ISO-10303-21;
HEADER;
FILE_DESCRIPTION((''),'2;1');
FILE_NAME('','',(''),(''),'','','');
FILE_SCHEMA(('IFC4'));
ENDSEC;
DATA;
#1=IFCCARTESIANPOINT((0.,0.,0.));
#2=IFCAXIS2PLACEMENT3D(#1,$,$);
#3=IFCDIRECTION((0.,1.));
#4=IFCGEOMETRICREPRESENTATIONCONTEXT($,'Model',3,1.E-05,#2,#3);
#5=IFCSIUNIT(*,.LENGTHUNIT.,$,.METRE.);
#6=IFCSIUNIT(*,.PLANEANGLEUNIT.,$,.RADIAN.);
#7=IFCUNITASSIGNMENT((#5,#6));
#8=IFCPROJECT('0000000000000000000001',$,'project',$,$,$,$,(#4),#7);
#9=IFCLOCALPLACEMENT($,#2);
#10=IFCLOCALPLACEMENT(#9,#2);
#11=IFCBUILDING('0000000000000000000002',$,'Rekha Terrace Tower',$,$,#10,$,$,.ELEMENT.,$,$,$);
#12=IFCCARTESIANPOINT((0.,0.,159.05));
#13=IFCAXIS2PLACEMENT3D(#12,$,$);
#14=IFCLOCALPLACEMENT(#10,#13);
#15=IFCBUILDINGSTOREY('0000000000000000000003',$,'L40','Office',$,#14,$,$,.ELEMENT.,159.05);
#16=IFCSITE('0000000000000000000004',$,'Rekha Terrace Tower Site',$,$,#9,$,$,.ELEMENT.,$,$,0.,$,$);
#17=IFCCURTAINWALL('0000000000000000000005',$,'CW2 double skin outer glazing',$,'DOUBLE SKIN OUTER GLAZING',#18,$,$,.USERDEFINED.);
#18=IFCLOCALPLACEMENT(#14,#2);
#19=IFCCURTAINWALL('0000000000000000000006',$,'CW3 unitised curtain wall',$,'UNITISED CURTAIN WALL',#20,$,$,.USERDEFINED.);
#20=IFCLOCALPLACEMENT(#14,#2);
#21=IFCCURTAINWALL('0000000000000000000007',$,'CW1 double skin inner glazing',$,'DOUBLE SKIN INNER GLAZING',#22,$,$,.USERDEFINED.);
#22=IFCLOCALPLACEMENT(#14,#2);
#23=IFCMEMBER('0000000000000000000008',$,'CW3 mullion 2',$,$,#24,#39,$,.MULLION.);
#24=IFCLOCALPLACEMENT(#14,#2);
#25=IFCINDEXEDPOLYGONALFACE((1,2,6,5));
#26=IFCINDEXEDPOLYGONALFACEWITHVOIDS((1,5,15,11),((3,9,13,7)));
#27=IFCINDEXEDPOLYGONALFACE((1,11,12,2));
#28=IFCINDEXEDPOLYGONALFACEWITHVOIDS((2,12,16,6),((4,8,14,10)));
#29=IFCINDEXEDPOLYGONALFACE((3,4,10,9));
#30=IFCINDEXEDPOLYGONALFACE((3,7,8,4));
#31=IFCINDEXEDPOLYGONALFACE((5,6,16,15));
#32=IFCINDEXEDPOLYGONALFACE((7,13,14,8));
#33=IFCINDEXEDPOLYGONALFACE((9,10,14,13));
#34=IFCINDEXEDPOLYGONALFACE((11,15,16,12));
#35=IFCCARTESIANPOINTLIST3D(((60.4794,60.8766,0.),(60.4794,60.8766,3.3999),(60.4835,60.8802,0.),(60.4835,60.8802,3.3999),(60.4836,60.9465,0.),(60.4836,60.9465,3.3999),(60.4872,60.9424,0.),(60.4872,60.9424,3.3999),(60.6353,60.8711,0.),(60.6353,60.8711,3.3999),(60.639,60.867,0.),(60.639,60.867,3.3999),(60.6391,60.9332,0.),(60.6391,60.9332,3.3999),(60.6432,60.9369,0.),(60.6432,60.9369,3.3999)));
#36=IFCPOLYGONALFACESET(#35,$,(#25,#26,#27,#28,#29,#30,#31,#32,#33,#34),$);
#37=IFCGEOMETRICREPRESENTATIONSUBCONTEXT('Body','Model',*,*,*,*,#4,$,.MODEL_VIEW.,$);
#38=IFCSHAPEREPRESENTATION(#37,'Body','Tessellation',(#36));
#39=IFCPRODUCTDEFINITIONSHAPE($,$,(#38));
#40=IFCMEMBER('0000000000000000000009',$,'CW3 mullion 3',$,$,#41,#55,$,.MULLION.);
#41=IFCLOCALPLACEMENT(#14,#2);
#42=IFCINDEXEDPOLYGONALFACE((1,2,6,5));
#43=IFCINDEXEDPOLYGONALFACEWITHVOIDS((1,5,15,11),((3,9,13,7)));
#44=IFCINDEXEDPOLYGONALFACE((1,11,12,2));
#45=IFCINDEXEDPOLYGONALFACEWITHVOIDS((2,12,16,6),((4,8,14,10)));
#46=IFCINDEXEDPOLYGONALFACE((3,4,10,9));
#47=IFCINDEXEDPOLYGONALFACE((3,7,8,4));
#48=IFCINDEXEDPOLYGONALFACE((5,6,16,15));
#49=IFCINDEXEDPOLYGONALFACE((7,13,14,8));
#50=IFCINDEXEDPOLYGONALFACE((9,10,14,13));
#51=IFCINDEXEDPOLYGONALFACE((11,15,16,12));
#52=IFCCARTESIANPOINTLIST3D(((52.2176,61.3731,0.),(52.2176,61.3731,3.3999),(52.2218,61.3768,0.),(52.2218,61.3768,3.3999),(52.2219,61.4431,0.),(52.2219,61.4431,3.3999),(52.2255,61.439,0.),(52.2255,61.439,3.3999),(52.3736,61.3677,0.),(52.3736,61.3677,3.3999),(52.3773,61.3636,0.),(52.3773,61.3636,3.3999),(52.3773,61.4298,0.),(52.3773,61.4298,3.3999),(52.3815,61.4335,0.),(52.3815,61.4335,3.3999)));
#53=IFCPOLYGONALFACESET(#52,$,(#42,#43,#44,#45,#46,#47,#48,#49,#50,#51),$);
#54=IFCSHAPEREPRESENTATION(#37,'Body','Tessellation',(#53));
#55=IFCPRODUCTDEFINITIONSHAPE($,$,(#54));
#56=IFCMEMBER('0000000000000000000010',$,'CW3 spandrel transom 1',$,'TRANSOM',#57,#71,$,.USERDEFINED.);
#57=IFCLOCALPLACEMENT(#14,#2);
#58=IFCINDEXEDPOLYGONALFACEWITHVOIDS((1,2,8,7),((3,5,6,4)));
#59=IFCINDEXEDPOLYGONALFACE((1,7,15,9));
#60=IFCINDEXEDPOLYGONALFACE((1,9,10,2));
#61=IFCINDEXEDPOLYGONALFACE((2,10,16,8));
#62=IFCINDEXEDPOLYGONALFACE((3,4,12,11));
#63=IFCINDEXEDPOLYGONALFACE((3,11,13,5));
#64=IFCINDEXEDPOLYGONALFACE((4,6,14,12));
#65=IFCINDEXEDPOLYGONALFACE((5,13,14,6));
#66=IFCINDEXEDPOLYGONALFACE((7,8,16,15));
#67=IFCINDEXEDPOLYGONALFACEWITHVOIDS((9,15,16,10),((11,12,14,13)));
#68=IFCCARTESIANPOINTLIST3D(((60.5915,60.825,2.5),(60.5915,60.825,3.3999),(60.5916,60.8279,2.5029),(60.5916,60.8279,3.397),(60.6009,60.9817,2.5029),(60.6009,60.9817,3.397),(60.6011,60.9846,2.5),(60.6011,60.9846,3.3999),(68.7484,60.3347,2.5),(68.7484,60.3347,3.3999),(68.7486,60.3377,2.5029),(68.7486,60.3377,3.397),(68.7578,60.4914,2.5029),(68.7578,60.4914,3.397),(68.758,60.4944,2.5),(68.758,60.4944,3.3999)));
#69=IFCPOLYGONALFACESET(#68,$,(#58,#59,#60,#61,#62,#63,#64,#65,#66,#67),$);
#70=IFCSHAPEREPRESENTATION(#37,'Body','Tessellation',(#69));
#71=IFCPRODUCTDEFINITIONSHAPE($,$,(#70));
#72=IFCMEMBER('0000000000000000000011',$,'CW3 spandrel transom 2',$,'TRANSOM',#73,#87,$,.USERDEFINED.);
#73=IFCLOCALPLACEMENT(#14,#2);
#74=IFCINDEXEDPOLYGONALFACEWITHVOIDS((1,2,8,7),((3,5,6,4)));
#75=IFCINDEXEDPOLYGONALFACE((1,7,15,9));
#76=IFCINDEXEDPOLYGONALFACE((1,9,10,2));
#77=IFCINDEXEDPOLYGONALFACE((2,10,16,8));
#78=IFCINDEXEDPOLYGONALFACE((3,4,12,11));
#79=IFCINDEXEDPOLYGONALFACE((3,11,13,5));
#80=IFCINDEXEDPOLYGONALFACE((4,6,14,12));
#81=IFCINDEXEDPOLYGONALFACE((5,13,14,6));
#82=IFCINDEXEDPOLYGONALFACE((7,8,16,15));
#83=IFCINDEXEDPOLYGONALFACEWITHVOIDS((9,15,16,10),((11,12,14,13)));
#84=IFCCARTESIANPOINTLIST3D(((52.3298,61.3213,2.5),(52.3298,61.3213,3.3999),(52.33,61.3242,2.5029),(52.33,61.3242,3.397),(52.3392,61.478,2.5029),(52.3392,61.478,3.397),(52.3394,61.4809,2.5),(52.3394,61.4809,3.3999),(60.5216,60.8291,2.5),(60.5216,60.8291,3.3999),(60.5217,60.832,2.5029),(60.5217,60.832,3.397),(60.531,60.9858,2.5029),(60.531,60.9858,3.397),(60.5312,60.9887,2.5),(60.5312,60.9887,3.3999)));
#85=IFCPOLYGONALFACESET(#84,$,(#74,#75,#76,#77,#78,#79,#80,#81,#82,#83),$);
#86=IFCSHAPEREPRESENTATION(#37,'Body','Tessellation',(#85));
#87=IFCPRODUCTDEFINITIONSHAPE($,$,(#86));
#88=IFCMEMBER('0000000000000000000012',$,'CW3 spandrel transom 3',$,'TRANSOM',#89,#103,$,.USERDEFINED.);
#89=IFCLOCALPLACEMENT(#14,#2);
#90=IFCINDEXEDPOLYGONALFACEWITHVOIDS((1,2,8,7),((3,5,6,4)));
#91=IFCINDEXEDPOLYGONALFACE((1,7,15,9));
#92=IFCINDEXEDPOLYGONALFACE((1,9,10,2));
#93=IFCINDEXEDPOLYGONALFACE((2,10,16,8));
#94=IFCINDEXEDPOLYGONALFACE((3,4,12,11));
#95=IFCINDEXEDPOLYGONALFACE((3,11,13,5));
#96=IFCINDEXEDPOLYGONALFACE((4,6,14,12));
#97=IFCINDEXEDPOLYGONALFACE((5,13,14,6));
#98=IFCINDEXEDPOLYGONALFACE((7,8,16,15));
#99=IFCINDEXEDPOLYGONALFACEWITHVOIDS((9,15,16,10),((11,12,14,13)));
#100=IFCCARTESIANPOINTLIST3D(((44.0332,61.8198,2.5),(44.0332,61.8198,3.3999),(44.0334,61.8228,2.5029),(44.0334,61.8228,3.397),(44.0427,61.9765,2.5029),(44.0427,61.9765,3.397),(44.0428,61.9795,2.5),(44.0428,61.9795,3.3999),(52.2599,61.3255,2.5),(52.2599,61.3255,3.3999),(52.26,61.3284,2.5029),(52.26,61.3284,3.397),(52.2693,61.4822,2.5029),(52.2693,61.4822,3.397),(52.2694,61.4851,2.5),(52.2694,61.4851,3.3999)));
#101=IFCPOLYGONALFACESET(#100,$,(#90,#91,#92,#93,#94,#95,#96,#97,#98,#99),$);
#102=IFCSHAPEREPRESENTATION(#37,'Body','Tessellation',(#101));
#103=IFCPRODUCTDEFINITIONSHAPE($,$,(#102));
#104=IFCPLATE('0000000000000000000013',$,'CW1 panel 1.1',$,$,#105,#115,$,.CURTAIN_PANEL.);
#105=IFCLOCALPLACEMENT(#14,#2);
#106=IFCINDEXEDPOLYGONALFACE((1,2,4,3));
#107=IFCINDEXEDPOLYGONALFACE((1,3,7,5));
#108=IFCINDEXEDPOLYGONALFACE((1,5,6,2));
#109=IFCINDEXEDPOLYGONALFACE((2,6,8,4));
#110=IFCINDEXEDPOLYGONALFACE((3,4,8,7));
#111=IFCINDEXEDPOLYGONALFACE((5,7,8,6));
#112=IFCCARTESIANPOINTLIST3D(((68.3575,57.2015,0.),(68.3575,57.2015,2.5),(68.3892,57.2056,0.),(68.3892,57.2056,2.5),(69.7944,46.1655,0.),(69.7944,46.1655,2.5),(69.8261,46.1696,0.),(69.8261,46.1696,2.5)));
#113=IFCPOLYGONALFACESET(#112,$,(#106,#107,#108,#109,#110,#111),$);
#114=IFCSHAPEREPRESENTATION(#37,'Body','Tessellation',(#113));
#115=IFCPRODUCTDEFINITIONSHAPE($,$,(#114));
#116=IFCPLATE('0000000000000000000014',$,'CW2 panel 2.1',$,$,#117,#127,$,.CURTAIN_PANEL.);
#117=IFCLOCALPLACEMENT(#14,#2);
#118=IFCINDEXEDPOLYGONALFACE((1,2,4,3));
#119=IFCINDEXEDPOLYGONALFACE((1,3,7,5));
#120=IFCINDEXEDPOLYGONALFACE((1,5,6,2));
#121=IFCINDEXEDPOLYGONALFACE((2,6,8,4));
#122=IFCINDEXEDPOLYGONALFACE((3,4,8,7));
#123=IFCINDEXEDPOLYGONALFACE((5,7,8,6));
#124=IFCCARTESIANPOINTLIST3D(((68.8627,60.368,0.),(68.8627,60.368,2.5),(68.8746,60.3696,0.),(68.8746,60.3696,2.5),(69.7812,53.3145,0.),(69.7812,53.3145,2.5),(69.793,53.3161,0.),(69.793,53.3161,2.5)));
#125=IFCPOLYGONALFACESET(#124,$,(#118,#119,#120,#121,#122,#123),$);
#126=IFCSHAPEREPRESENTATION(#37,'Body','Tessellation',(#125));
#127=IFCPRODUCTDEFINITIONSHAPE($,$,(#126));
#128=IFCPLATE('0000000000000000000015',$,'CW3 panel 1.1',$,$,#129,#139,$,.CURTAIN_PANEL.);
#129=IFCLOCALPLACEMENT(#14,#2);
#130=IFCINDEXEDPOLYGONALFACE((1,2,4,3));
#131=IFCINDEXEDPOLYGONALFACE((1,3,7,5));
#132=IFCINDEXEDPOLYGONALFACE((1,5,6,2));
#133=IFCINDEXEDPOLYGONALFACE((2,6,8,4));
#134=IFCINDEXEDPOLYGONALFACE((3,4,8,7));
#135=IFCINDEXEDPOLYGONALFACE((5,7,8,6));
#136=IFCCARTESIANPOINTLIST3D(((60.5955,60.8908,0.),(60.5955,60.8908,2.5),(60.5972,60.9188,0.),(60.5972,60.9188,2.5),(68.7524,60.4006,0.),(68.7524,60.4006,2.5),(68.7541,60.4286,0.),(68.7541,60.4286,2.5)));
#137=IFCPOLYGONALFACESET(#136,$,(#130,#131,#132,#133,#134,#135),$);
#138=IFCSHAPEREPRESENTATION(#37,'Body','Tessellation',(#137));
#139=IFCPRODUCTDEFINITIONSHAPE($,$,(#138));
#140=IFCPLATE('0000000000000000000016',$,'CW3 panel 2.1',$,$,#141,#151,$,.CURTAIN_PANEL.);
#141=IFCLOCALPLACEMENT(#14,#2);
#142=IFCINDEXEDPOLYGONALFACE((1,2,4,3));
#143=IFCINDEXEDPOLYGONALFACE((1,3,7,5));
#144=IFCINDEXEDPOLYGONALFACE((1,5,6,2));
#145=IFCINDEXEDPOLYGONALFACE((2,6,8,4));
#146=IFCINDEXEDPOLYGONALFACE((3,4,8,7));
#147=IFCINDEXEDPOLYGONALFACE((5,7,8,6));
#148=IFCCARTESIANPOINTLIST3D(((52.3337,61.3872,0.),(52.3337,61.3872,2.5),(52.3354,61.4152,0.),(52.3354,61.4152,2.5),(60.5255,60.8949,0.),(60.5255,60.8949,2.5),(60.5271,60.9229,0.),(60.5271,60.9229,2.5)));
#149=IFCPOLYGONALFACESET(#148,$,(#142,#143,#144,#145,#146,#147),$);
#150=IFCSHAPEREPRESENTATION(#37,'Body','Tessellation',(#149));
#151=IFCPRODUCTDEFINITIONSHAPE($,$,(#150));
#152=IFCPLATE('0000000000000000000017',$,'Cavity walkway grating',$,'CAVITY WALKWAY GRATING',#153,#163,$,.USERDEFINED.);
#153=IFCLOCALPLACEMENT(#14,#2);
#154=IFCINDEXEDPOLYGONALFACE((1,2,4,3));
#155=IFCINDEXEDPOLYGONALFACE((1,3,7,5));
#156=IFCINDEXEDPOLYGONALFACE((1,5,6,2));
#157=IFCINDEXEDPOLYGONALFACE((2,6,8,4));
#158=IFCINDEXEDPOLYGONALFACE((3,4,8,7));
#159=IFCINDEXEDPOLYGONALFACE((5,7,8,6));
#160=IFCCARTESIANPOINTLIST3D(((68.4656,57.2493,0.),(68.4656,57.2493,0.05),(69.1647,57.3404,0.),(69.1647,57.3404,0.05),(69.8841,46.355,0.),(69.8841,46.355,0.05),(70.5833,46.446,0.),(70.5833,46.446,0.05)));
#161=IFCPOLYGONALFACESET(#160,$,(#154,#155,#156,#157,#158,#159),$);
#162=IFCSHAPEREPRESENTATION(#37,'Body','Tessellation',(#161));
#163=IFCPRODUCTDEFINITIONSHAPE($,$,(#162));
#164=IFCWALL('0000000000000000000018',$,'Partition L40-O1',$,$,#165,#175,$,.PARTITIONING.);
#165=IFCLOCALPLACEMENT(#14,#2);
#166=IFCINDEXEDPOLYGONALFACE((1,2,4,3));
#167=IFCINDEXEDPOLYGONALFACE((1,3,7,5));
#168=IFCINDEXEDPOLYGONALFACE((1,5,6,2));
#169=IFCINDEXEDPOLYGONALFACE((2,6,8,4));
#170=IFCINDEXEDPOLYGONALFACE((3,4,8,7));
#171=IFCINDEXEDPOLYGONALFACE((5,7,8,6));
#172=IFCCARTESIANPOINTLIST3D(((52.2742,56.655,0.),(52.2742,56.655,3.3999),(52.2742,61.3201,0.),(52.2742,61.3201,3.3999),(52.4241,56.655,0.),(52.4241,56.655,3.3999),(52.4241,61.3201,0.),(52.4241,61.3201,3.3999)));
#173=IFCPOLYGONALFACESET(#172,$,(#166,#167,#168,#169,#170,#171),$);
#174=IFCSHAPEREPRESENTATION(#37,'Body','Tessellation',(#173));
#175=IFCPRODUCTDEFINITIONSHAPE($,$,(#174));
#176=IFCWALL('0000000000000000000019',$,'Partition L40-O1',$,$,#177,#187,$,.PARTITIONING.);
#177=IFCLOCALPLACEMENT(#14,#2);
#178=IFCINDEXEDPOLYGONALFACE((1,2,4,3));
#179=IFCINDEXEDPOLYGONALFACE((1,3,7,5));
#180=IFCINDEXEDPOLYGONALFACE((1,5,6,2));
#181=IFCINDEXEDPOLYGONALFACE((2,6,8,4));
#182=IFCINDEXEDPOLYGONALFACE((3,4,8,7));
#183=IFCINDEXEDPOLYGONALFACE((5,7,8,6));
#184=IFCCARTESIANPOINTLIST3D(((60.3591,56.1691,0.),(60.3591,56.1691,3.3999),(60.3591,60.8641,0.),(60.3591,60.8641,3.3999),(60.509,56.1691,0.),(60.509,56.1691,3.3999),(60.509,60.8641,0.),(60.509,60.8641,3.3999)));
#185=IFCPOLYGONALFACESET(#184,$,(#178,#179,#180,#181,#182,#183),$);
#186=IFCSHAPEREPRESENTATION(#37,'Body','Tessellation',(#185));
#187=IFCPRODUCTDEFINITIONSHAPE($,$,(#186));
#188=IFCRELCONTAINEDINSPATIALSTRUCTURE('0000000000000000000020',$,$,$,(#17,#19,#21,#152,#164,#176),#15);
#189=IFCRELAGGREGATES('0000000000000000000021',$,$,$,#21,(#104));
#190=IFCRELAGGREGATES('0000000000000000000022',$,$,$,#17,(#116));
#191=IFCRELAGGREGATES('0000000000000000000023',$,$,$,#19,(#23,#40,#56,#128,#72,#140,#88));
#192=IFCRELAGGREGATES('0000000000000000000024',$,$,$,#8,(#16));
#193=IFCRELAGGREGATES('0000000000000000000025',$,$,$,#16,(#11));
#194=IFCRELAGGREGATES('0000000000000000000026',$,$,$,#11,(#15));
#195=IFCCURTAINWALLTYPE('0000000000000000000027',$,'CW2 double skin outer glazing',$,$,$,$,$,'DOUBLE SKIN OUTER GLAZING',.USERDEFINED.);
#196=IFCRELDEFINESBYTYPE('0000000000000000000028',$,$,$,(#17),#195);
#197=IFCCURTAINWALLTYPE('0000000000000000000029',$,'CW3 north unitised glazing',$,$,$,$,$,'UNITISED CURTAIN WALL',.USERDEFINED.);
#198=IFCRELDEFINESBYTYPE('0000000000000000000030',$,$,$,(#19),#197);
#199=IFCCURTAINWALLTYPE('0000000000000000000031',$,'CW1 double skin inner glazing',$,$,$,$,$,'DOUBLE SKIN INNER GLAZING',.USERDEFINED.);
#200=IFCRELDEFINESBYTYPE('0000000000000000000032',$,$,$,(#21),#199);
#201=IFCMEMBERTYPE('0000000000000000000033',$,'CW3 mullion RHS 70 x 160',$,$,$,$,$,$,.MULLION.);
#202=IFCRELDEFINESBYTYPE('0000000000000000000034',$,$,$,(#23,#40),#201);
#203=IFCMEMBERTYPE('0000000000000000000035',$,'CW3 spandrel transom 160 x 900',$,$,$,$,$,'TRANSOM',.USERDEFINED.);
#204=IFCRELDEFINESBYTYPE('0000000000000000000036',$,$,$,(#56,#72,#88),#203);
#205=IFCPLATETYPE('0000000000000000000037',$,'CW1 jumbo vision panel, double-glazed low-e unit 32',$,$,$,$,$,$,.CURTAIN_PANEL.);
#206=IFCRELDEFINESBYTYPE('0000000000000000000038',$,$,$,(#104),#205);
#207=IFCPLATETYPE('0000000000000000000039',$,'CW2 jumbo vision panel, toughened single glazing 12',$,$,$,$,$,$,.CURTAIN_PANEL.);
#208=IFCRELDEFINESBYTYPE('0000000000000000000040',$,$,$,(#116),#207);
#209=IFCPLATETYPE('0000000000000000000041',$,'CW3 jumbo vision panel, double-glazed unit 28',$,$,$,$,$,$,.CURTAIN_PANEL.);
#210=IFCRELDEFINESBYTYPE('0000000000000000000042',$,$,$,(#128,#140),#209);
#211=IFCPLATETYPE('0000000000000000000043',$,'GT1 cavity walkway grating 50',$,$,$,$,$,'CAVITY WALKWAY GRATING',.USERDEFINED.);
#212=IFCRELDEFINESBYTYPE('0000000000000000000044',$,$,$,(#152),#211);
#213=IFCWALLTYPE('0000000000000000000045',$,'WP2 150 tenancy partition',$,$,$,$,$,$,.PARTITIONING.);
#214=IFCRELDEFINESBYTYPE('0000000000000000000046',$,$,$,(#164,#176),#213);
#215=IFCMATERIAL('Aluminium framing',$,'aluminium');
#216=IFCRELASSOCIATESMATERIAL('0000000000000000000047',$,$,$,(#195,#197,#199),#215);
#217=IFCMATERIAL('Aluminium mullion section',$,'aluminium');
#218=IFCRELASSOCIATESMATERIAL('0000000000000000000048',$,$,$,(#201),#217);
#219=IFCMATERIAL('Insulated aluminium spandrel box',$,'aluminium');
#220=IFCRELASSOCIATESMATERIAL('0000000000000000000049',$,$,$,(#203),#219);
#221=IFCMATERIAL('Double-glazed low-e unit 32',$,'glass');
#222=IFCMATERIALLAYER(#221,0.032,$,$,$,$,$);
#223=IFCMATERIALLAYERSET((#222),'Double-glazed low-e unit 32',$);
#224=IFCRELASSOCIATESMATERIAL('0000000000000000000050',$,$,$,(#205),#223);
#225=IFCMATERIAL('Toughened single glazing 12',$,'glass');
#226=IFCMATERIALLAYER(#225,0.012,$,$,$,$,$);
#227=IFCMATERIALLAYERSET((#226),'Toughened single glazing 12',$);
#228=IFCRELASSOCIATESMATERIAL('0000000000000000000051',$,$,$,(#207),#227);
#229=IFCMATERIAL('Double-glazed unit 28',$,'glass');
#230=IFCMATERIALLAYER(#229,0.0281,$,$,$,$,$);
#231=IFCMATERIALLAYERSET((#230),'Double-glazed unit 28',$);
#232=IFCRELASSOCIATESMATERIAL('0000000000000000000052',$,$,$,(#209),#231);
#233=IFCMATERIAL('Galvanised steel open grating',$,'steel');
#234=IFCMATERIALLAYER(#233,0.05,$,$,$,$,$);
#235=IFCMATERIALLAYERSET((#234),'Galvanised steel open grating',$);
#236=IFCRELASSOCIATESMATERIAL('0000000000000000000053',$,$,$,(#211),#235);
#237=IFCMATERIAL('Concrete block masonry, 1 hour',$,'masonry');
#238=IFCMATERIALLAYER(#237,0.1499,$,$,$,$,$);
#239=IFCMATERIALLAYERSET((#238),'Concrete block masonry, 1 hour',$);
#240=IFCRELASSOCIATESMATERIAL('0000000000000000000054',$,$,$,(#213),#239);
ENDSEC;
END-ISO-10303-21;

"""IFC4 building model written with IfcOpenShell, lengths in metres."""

from ifc_helpers import new_model, si_unit, direction, frame, frame_2d, origin, origin_2d, place, context, subcontext, project, spatial, rectangle, hollow_rectangle, extrude, material, layer, layer_set, material_profile, profile_set, type_object, element, aggregate, save


model = new_model("IFC4")

# Units and contexts
model_context = context("Model", 3, precision=1e-05, world=origin(), true_north=direction((0.0, 1.0)))
body_context = subcontext(model_context, "Body", "Model", "MODEL_VIEW")
ifc_project = project(units=[si_unit("LENGTHUNIT", "METRE"), si_unit("PLANEANGLEUNIT", "RADIAN")], contexts=[model_context])

# Site, building, storey
site_placement = place(None, origin())
site = spatial("IfcSite", under=ifc_project, at=site_placement, Name="Rekha Terrace Tower Site", CompositionType="ELEMENT", RefElevation=0.0)
building_placement = place(site_placement, origin())
building = spatial("IfcBuilding", under=site, at=building_placement, Name="Rekha Terrace Tower", CompositionType="ELEMENT")
storey_placement = place(building_placement, frame((0.0, 0.0, 159.05)))
storey = spatial("IfcBuildingStorey", under=building, at=storey_placement, Name="L40", Description="Office", CompositionType="ELEMENT", Elevation=159.05)

# Curtain wall
ifc_material_1 = material(Name="Aluminium framing", Category="aluminium")
curtain_wall_type_1 = type_object("IfcCurtainWallType", Name="CW2 double skin outer glazing", ElementType="DOUBLE SKIN OUTER GLAZING", PredefinedType="USERDEFINED", material=ifc_material_1)
curtain_wall_1_placement = place(storey_placement, origin())
curtain_wall_1 = element("IfcCurtainWall", 1, at=curtain_wall_1_placement, inside=storey, type_object=curtain_wall_type_1, Name="CW2 double skin outer glazing", ObjectType="DOUBLE SKIN OUTER GLAZING", PredefinedType="USERDEFINED")

# Curtain wall
curtain_wall_type_2 = type_object("IfcCurtainWallType", Name="CW3 north unitised glazing", ElementType="UNITISED CURTAIN WALL", PredefinedType="USERDEFINED", material=ifc_material_1)
curtain_wall_2_placement = place(storey_placement, origin())
curtain_wall_2 = element("IfcCurtainWall", 2, at=curtain_wall_2_placement, inside=storey, type_object=curtain_wall_type_2, Name="CW3 unitised curtain wall", ObjectType="UNITISED CURTAIN WALL", PredefinedType="USERDEFINED")

# Curtain wall
curtain_wall_type_3 = type_object("IfcCurtainWallType", Name="CW1 double skin inner glazing", ElementType="DOUBLE SKIN INNER GLAZING", PredefinedType="USERDEFINED", material=ifc_material_1)
curtain_wall_3_placement = place(storey_placement, origin())
curtain_wall_3 = element("IfcCurtainWall", 3, at=curtain_wall_3_placement, inside=storey, type_object=curtain_wall_type_3, Name="CW1 double skin inner glazing", ObjectType="DOUBLE SKIN INNER GLAZING", PredefinedType="USERDEFINED")
ifc_material_2 = material(Name="Aluminium mullion section", Category="aluminium")

# Members
ifc_material_3 = material(Name="Insulated aluminium spandrel box", Category="aluminium")
ifc_material_profile_1 = material_profile(ifc_material_2, hollow_rectangle(XDim=0.0701, YDim=0.1599, WallThickness=0.0039, at=origin_2d()), Name="AL RHS 70x160")
ifc_profile_set_1 = profile_set([ifc_material_profile_1], Name="Aluminium mullion section")
member_type_1 = type_object("IfcMemberType", Name="CW3 mullion RHS 70 x 160", PredefinedType="MULLION", material=ifc_profile_set_1)
member_1_placement = place(storey_placement, frame((60.5613, 60.9067, 0.0), z_axis=(0.0, 0.0, 1.0), x_axis=(-0.059988, -0.998199, 0.0)))
member_1 = element("IfcMember", 4, at=member_1_placement, type_object=member_type_1, Name="CW3 mullion 2", PredefinedType="MULLION", context=body_context, shape_type="SweptSolid", body=[
    extrude(hollow_rectangle(XDim=0.0701, YDim=0.1599, WallThickness=0.0039, at=origin_2d()), origin(), (0.0, 0.0, 1.0), 3.3999),
])
member_2_placement = place(storey_placement, frame((52.2996, 61.4033, 0.0), z_axis=(0.0, 0.0, 1.0), x_axis=(-0.059988, -0.998199, 0.0)))
member_2 = element("IfcMember", 5, at=member_2_placement, type_object=member_type_1, Name="CW3 mullion 3", PredefinedType="MULLION", context=body_context, shape_type="SweptSolid", body=[
    extrude(hollow_rectangle(XDim=0.0701, YDim=0.1599, WallThickness=0.0039, at=origin_2d()), origin(), (0.0, 0.0, 1.0), 3.3999),
])
ifc_material_profile_2 = material_profile(ifc_material_3, hollow_rectangle(XDim=0.1599, YDim=0.8999, WallThickness=0.0029, at=origin_2d()), Name="AL SPANDREL BOX 160x900")
ifc_profile_set_2 = profile_set([ifc_material_profile_2], Name="Insulated aluminium spandrel box")
member_type_2 = type_object("IfcMemberType", Name="CW3 spandrel transom 160 x 900", ElementType="TRANSOM", PredefinedType="USERDEFINED", material=ifc_profile_set_2)
member_3_placement = place(storey_placement, frame((68.7532, 60.4146, 2.95), z_axis=(-0.998199, 0.059992, 0.0), x_axis=(-0.059992, -0.998199, 0.0)))
member_3 = element("IfcMember", 6, at=member_3_placement, type_object=member_type_2, Name="CW3 spandrel transom 1", ObjectType="TRANSOM", PredefinedType="USERDEFINED", context=body_context, shape_type="SweptSolid", body=[
    extrude(hollow_rectangle(XDim=0.1599, YDim=0.8999, WallThickness=0.0029, at=origin_2d()), origin(), (0.0, 0.0, 1.0), 8.1716),
])
member_4_placement = place(storey_placement, frame((60.5264, 60.9089, 2.95), z_axis=(-0.9982, 0.059976, 0.0), x_axis=(-0.059976, -0.9982, 0.0)))
member_4 = element("IfcMember", 7, at=member_4_placement, type_object=member_type_2, Name="CW3 spandrel transom 2", ObjectType="TRANSOM", PredefinedType="USERDEFINED", context=body_context, shape_type="SweptSolid", body=[
    extrude(hollow_rectangle(XDim=0.1599, YDim=0.8999, WallThickness=0.0029, at=origin_2d()), origin(), (0.0, 0.0, 1.0), 8.2065),
])
member_5_placement = place(storey_placement, frame((52.2646, 61.4053, 2.95), z_axis=(-0.998199, 0.059988, 0.0), x_axis=(-0.059988, -0.998199, 0.0)))
member_5 = element("IfcMember", 8, at=member_5_placement, type_object=member_type_2, Name="CW3 spandrel transom 3", ObjectType="TRANSOM", PredefinedType="USERDEFINED", context=body_context, shape_type="SweptSolid", body=[
    extrude(hollow_rectangle(XDim=0.1599, YDim=0.8999, WallThickness=0.0029, at=origin_2d()), origin(), (0.0, 0.0, 1.0), 8.2415),
])

# Plates
ifc_material_4 = material(Name="Double-glazed low-e unit 32", Category="glass")
ifc_layer_1 = layer(ifc_material_4, 0.032)
ifc_layer_set_1 = layer_set([ifc_layer_1], Name="Double-glazed low-e unit 32")
plate_type_1 = type_object("IfcPlateType", Name="CW1 jumbo vision panel, double-glazed low-e unit 32", PredefinedType="CURTAIN_PANEL", material=ifc_layer_set_1)
plate_1_placement = place(storey_placement, frame((69.0918, 51.6855, 0.0), z_axis=(0.0, 0.0, 1.0), x_axis=(-0.129118, 0.991629, 0.0)))
plate_1 = element("IfcPlate", 9, at=plate_1_placement, type_object=plate_type_1, Name="CW1 panel 1.1", PredefinedType="CURTAIN_PANEL", context=body_context, shape_type="SweptSolid", body=[
    extrude(rectangle(XDim=11.1292, YDim=0.032, at=origin_2d()), origin(), (0.0, 0.0, 1.0), 2.5),
])
aggregate(curtain_wall_3, [plate_1])
ifc_material_5 = material(Name="Toughened single glazing 12", Category="glass")
ifc_layer_2 = layer(ifc_material_5, 0.012)
ifc_layer_set_2 = layer_set([ifc_layer_2], Name="Toughened single glazing 12")
plate_type_2 = type_object("IfcPlateType", Name="CW2 jumbo vision panel, toughened single glazing 12", PredefinedType="CURTAIN_PANEL", material=ifc_layer_set_2)
plate_2_placement = place(storey_placement, frame((69.3279, 56.842, 0.0), z_axis=(0.0, 0.0, 1.0), x_axis=(-0.129118, 0.991629, 0.0)))
plate_2 = element("IfcPlate", 10, at=plate_2_placement, type_object=plate_type_2, Name="CW2 panel 2.1", PredefinedType="CURTAIN_PANEL", context=body_context, shape_type="SweptSolid", body=[
    extrude(rectangle(XDim=7.113, YDim=0.012, at=origin_2d()), origin(), (0.0, 0.0, 1.0), 2.5),
])
aggregate(curtain_wall_1, [plate_2])
ifc_material_6 = material(Name="Double-glazed unit 28", Category="glass")
ifc_layer_3 = layer(ifc_material_6, 0.0281)
ifc_layer_set_3 = layer_set([ifc_layer_3], Name="Double-glazed unit 28")
plate_type_3 = type_object("IfcPlateType", Name="CW3 jumbo vision panel, double-glazed unit 28", PredefinedType="CURTAIN_PANEL", material=ifc_layer_set_3)
plate_3_placement = place(storey_placement, frame((64.6748, 60.6597, 0.0), z_axis=(0.0, 0.0, 1.0), x_axis=(-0.998199, 0.059988, 0.0)))
plate_3 = element("IfcPlate", 11, at=plate_3_placement, type_object=plate_type_3, Name="CW3 panel 1.1", PredefinedType="CURTAIN_PANEL", context=body_context, shape_type="SweptSolid", body=[
    extrude(rectangle(XDim=8.1716, YDim=0.0281, at=origin_2d()), origin(), (0.0, 0.0, 1.0), 2.5),
])
plate_4_placement = place(storey_placement, frame((56.4304, 61.155, 0.0), z_axis=(0.0, 0.0, 1.0), x_axis=(-0.998199, 0.059988, 0.0)))
plate_4 = element("IfcPlate", 12, at=plate_4_placement, type_object=plate_type_3, Name="CW3 panel 2.1", PredefinedType="CURTAIN_PANEL", context=body_context, shape_type="SweptSolid", body=[
    extrude(rectangle(XDim=8.2065, YDim=0.0281, at=origin_2d()), origin(), (0.0, 0.0, 1.0), 2.5),
])
aggregate(curtain_wall_2, [member_1, member_2, member_3, plate_3, member_4, plate_4, member_5])
ifc_material_7 = material(Name="Galvanised steel open grating", Category="steel")
ifc_layer_4 = layer(ifc_material_7, 0.05)
ifc_layer_set_4 = layer_set([ifc_layer_4], Name="Galvanised steel open grating")
plate_type_4 = type_object("IfcPlateType", Name="GT1 cavity walkway grating 50", ElementType="CAVITY WALKWAY GRATING", PredefinedType="USERDEFINED", material=ifc_layer_set_4)
plate_5_placement = place(storey_placement, frame((69.5244, 51.8477, 0.0), z_axis=(0.0, 0.0, 1.0), x_axis=(-0.129118, 0.991629, 0.0)))
element("IfcPlate", 13, at=plate_5_placement, inside=storey, type_object=plate_type_4, Name="Cavity walkway grating", ObjectType="CAVITY WALKWAY GRATING", PredefinedType="USERDEFINED", context=body_context, shape_type="SweptSolid", body=[
    extrude(rectangle(XDim=10.9863, YDim=0.7051, at=origin_2d()), origin(), (0.0, 0.0, 1.0), 0.05),
])

# Walls
ifc_material_8 = material(Name="Concrete block masonry, 1 hour", Category="masonry")
ifc_layer_5 = layer(ifc_material_8, 0.1499)
ifc_layer_set_5 = layer_set([ifc_layer_5], Name="Concrete block masonry, 1 hour")
wall_type_1 = type_object("IfcWallType", Name="WP2 150 tenancy partition", PredefinedType="PARTITIONING", material=ifc_layer_set_5)
wall_1_placement = place(storey_placement, frame((52.3491, 56.655, 0.0), z_axis=(0.0, 0.0, 1.0), x_axis=(0.0, 1.0, 0.0)))
element("IfcWall", 14, at=wall_1_placement, inside=storey, type_object=wall_type_1, Name="Partition L40-O1", PredefinedType="PARTITIONING", context=body_context, shape_type="SweptSolid", body=[
    extrude(rectangle(XDim=4.665, YDim=0.1499, at=frame_2d((2.3325, 0.0))), origin(), (0.0, 0.0, 1.0), 3.3999),
])
wall_2_placement = place(storey_placement, frame((60.4341, 56.1689, 0.0), z_axis=(0.0, 0.0, 1.0), x_axis=(0.0, 1.0, 0.0)))
element("IfcWall", 15, at=wall_2_placement, inside=storey, type_object=wall_type_1, Name="Partition L40-O1", PredefinedType="PARTITIONING", context=body_context, shape_type="SweptSolid", body=[
    extrude(rectangle(XDim=4.6951, YDim=0.1499, at=frame_2d((2.3477, 0.0))), origin(), (0.0, 0.0, 1.0), 3.3999),
])

save(model, "model.ifc")
